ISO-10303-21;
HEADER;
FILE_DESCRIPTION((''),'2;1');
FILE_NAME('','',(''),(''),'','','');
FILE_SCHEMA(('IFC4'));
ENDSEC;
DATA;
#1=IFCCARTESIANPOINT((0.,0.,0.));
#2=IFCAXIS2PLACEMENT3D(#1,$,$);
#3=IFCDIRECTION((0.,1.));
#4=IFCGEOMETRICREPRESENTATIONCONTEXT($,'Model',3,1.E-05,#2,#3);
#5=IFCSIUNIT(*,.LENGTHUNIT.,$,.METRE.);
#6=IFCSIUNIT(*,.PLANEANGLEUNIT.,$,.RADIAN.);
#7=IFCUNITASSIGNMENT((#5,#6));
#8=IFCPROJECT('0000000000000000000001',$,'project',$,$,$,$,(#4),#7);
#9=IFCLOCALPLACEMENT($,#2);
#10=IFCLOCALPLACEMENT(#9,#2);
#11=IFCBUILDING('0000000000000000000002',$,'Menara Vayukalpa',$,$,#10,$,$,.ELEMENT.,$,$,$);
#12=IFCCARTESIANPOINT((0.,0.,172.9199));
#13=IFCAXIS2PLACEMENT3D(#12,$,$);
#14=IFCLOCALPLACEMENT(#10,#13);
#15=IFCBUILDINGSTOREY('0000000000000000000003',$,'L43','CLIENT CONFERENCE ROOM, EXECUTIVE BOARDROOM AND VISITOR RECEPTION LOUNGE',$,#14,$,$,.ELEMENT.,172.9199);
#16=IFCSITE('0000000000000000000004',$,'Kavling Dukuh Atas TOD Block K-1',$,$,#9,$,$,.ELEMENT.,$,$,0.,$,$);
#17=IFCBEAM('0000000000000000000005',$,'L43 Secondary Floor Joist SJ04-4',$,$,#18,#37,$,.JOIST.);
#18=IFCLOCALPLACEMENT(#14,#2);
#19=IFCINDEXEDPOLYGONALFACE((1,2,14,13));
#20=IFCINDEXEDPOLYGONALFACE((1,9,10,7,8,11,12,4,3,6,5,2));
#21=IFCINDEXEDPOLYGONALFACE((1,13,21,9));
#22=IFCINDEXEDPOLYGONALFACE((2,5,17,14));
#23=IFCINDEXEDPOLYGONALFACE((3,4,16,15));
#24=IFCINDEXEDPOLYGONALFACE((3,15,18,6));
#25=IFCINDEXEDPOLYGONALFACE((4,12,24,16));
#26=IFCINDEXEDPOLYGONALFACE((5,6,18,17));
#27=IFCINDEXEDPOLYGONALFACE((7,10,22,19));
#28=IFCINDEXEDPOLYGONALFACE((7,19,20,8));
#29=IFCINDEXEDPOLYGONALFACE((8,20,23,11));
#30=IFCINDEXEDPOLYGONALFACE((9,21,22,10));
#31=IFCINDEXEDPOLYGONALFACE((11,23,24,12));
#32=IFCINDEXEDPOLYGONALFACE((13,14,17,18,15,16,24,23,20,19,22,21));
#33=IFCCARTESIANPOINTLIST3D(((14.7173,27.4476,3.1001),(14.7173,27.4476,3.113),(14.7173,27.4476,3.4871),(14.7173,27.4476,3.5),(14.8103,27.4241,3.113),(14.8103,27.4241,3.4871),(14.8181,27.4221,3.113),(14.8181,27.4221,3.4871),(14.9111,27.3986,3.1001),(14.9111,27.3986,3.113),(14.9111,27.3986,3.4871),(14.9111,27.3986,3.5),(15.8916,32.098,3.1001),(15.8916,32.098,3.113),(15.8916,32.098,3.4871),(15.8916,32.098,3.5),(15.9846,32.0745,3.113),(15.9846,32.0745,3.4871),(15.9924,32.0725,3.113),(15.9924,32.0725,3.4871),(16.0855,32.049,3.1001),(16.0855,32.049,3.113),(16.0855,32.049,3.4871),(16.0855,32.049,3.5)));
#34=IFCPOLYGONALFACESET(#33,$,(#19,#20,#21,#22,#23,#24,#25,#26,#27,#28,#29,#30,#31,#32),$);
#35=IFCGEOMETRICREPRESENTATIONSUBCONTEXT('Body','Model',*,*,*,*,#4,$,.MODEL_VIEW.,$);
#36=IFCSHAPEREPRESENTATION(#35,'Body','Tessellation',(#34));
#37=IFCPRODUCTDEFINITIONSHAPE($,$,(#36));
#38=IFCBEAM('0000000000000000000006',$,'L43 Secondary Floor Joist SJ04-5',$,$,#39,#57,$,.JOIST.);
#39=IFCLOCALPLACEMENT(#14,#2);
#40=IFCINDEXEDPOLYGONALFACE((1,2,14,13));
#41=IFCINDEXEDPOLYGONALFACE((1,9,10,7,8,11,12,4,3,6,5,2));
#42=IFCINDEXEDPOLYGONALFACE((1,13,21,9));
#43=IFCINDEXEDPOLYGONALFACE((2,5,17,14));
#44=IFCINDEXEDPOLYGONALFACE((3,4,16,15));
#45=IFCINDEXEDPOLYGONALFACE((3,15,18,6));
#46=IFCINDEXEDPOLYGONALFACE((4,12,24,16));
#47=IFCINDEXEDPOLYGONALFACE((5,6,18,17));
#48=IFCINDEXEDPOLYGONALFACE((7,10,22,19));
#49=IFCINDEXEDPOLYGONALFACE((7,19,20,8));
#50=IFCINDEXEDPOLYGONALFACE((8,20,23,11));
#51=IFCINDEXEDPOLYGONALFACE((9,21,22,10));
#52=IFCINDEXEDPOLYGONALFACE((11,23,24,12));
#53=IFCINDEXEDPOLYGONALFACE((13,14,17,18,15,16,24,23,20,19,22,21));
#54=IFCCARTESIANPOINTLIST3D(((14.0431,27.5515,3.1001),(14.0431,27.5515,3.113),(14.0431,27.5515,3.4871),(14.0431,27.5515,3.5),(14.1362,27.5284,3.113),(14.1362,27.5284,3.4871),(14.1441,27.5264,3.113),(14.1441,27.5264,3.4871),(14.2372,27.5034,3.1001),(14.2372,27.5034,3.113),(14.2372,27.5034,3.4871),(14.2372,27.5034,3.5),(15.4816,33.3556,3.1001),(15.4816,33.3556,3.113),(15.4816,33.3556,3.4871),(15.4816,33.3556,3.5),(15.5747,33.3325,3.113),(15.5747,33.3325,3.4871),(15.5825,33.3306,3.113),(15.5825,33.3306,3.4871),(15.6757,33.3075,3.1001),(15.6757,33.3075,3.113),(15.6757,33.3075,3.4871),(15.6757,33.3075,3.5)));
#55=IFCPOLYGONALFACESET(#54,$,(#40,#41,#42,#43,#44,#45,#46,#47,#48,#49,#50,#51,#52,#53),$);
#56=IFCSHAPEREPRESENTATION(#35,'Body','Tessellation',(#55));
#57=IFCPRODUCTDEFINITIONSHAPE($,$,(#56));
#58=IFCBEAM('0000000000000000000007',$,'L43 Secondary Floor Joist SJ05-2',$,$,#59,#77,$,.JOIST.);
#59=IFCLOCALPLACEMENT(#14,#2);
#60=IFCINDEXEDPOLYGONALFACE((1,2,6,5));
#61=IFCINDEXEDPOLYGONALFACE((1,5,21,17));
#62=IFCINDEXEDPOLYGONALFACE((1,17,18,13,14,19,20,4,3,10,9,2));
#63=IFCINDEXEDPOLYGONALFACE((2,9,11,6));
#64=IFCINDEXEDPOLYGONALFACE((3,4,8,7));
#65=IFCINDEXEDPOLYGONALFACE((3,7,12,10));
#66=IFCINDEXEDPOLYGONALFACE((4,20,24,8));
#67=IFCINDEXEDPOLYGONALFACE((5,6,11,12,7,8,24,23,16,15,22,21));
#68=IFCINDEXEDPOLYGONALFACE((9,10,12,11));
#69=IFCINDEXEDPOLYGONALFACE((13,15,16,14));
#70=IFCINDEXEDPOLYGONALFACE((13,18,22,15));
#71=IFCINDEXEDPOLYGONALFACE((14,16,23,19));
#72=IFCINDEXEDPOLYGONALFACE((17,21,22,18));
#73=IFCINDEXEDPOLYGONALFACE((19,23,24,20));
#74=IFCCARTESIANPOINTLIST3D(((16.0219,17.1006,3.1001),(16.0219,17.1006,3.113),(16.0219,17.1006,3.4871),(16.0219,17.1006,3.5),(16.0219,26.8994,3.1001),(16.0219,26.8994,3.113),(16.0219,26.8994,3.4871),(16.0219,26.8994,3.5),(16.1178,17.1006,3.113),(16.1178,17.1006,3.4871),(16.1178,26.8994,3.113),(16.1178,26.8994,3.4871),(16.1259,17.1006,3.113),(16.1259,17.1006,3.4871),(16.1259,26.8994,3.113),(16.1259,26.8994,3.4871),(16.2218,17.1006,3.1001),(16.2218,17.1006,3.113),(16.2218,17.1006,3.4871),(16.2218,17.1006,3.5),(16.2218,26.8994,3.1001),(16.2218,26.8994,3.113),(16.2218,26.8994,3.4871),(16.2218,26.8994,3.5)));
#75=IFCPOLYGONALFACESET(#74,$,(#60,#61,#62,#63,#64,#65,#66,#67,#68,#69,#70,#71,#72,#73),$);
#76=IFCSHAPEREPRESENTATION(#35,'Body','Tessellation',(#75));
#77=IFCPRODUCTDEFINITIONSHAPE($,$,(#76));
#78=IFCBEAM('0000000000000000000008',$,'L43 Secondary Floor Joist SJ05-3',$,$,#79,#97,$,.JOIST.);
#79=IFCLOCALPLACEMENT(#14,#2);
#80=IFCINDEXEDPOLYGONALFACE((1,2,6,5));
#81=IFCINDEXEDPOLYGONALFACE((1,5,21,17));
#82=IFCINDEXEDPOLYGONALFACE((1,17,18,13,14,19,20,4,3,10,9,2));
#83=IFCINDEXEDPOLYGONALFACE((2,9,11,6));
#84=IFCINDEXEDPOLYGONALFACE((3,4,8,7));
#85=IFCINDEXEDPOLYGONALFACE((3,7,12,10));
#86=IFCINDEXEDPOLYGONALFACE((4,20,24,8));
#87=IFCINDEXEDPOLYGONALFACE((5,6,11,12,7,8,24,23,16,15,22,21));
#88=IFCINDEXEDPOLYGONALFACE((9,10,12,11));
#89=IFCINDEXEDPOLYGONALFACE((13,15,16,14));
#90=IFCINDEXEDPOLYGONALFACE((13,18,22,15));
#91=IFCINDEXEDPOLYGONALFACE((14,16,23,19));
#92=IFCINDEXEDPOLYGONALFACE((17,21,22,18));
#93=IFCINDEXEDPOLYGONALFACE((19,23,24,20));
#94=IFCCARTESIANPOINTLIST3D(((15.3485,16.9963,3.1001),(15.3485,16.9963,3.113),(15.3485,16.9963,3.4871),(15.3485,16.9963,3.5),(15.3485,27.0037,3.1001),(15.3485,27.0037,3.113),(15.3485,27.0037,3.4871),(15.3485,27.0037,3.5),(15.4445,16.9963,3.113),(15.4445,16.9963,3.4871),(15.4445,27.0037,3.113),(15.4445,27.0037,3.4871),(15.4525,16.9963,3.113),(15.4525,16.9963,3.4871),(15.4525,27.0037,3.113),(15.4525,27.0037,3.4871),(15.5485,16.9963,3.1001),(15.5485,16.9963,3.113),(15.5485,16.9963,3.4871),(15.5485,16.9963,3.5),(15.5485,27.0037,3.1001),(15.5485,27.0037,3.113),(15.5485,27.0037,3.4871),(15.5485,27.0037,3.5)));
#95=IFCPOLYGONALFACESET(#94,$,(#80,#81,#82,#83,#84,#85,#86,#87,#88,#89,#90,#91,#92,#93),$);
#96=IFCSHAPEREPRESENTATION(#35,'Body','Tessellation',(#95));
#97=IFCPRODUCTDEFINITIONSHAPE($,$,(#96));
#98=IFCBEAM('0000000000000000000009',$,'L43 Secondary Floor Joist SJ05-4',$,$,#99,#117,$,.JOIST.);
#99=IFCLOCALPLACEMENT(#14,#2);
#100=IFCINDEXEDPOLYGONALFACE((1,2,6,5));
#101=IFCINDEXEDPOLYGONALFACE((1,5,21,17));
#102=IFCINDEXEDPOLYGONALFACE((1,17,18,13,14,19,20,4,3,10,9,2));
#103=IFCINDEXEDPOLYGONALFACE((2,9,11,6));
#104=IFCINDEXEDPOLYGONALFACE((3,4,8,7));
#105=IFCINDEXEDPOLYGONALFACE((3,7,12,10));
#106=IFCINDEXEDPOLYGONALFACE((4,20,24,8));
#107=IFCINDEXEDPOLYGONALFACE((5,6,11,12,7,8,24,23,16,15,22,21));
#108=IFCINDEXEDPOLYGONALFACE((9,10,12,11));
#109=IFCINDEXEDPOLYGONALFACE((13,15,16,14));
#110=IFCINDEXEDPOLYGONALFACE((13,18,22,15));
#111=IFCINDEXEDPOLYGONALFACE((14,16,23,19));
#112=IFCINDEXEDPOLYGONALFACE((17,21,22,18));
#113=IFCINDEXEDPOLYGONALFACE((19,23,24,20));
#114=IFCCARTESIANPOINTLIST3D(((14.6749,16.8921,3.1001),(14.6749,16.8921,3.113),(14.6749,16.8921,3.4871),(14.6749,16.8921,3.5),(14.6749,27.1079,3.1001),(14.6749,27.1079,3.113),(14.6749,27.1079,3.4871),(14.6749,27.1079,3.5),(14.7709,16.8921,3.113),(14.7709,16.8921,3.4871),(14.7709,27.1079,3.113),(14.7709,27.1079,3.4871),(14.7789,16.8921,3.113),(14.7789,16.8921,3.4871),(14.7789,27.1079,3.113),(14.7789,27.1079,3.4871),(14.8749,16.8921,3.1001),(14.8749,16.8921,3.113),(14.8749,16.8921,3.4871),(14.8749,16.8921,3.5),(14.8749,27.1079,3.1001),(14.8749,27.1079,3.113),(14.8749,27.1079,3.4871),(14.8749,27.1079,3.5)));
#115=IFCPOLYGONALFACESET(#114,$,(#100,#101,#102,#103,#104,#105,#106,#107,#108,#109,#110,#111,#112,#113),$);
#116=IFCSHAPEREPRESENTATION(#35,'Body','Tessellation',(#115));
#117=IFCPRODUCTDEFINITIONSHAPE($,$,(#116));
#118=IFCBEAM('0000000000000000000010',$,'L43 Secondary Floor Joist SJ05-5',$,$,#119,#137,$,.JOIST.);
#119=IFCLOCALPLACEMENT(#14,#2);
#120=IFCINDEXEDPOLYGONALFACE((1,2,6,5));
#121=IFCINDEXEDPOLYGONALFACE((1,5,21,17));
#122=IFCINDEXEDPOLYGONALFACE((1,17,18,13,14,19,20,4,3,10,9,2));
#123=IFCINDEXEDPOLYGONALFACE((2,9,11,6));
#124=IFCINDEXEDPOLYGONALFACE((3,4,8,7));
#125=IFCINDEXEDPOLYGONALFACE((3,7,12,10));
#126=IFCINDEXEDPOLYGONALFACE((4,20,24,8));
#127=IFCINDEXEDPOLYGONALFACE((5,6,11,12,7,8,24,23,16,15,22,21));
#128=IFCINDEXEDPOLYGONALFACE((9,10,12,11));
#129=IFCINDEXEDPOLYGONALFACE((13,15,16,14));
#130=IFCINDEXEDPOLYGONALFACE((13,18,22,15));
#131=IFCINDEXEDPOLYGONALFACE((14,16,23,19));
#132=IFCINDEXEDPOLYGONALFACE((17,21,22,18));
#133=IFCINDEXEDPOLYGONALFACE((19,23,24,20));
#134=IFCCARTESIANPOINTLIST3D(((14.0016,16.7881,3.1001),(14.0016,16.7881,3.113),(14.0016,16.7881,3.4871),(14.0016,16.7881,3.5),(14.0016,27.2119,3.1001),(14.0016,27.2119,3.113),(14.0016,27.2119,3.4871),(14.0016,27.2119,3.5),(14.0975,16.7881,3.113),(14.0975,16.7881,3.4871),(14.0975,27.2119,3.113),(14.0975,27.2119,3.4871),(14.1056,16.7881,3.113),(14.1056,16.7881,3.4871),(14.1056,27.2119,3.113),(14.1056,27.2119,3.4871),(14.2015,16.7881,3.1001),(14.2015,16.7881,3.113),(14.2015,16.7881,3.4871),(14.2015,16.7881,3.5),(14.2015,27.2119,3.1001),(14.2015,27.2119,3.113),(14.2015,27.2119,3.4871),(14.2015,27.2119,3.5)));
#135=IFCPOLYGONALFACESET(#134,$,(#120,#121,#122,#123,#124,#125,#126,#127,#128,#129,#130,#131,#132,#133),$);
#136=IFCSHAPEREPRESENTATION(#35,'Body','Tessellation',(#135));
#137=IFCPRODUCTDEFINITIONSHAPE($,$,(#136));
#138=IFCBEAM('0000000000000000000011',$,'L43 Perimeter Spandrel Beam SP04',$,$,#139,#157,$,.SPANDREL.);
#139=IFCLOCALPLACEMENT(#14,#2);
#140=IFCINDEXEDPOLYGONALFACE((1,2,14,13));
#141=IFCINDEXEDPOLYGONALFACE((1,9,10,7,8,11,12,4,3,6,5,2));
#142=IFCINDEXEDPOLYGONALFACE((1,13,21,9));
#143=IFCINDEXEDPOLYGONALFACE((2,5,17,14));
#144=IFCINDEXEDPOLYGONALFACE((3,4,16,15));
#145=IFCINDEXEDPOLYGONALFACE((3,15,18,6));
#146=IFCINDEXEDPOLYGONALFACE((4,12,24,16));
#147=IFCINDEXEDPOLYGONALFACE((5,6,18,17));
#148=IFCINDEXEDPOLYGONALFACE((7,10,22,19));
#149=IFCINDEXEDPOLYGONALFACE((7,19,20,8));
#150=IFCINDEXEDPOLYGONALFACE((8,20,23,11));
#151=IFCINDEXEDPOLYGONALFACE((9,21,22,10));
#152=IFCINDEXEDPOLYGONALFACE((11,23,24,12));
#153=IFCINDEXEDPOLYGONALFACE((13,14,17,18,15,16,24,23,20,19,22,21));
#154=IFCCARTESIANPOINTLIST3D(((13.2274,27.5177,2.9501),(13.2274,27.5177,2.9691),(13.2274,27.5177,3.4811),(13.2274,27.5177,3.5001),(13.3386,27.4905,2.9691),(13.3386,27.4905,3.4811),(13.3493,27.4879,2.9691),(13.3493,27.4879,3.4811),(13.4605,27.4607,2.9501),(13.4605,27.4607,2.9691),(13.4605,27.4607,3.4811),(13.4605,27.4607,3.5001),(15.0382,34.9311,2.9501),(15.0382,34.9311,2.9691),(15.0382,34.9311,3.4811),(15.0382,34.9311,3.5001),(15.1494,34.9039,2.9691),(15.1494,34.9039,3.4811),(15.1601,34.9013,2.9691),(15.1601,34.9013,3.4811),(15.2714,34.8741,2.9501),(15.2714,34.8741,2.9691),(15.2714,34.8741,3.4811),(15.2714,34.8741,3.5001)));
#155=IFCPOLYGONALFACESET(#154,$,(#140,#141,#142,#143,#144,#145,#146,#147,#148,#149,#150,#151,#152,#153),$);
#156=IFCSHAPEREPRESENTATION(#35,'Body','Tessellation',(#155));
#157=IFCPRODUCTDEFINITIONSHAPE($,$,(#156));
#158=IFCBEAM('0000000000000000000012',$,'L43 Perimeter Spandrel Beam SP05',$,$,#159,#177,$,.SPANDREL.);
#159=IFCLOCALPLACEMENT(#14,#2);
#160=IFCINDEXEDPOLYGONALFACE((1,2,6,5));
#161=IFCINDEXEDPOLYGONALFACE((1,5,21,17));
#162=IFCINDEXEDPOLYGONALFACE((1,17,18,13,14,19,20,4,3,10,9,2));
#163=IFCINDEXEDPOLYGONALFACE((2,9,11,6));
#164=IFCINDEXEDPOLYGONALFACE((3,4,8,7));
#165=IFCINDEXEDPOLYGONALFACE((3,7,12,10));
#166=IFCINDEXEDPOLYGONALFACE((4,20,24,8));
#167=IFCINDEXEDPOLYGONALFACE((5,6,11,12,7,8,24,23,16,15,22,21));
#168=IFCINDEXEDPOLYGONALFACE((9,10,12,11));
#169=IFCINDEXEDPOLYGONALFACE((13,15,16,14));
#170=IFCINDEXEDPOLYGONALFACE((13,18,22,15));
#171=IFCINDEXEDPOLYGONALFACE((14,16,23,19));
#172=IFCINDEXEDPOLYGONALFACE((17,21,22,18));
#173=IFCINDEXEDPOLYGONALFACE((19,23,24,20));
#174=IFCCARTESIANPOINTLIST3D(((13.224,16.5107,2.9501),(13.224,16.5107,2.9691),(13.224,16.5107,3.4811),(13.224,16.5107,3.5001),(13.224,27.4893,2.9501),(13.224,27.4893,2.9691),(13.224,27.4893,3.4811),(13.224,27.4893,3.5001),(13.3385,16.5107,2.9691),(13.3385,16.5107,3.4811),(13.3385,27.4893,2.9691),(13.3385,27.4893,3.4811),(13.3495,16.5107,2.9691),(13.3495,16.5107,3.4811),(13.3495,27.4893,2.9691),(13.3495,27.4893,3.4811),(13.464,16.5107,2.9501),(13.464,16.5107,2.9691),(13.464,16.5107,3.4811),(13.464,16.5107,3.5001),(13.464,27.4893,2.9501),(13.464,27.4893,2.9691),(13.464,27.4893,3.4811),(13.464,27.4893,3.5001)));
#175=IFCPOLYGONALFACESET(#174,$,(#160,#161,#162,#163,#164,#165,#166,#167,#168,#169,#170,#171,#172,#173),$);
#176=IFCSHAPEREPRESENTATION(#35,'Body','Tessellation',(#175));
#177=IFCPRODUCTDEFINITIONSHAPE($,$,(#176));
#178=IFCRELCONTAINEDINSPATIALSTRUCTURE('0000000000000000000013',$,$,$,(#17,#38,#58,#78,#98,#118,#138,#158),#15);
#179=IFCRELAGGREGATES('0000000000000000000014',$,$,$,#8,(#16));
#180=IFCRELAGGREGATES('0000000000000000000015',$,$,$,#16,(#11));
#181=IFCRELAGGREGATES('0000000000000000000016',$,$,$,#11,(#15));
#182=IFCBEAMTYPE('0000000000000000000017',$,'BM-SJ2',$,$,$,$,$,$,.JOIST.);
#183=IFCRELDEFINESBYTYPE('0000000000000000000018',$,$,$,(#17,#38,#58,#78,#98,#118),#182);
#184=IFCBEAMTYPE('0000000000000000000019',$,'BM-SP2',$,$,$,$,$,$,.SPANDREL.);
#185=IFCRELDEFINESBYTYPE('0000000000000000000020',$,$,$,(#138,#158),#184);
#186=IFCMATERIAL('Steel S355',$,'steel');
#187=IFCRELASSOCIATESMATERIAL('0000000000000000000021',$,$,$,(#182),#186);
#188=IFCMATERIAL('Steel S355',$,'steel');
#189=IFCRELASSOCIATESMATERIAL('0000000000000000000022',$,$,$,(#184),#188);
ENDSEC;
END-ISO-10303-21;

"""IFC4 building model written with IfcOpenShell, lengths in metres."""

from ifc_helpers import new_model, si_unit, direction, frame, origin, origin_2d, place, context, subcontext, project, spatial, i_section, extrude, material, material_profile, profile_set, type_object, element, save


model = new_model("IFC4")

# Units and contexts
model_context = context("Model", 3, precision=1e-05, world=origin(), true_north=direction((0.0, 1.0)))
body_context = subcontext(model_context, "Body", "Model", "MODEL_VIEW")
ifc_project = project(units=[si_unit("LENGTHUNIT", "METRE"), si_unit("PLANEANGLEUNIT", "RADIAN")], contexts=[model_context])

# Site, building, storey
site_placement = place(None, origin())
site = spatial("IfcSite", under=ifc_project, at=site_placement, Name="Kavling Dukuh Atas TOD Block K-1", CompositionType="ELEMENT", RefElevation=0.0)
building_placement = place(site_placement, origin())
building = spatial("IfcBuilding", under=site, at=building_placement, Name="Menara Vayukalpa", CompositionType="ELEMENT")
storey_placement = place(building_placement, frame((0.0, 0.0, 172.9199)))
storey = spatial("IfcBuildingStorey", under=building, at=storey_placement, Name="L43", Description="CLIENT CONFERENCE ROOM, EXECUTIVE BOARDROOM AND VISITOR RECEPTION LOUNGE", CompositionType="ELEMENT", Elevation=172.9199)

# Beams
ifc_material_1 = material(Name="Steel S355", Category="steel")
ifc_material_profile_1 = material_profile(ifc_material_1, i_section(OverallWidth=0.2, OverallDepth=0.3999, WebThickness=0.0081, FlangeThickness=0.0129, at=origin_2d()), Name="WF 400x200x8x13")
ifc_profile_set_1 = profile_set([ifc_material_profile_1], Name="Steel S355")
beam_type_1 = type_object("IfcBeamType", Name="BM-SJ2", PredefinedType="JOIST", material=ifc_profile_set_1)
beam_1_placement = place(storey_placement, frame((15.9885, 32.0735, 3.3), z_axis=(-0.244834, -0.969565, 0.0), x_axis=(0.969565, -0.244834, 0.0)))
element("IfcBeam", 1, at=beam_1_placement, inside=storey, type_object=beam_type_1, Name="L43 Secondary Floor Joist SJ04-4", PredefinedType="JOIST", context=body_context, shape_type="SweptSolid", body=[
    extrude(i_section(OverallWidth=0.2, OverallDepth=0.3999, WebThickness=0.0081, FlangeThickness=0.0129, at=origin_2d()), origin(), (0.0, 0.0, 1.0), 4.7964),
])
beam_2_placement = place(storey_placement, frame((15.5786, 33.3315, 3.3), z_axis=(-0.240556, -0.970635, 0.0), x_axis=(0.970635, -0.240556, 0.0)))
element("IfcBeam", 2, at=beam_2_placement, inside=storey, type_object=beam_type_1, Name="L43 Secondary Floor Joist SJ04-5", PredefinedType="JOIST", context=body_context, shape_type="SweptSolid", body=[
    extrude(i_section(OverallWidth=0.2, OverallDepth=0.3999, WebThickness=0.0081, FlangeThickness=0.0129, at=origin_2d()), origin(), (0.0, 0.0, 1.0), 5.9797),
])
beam_3_placement = place(storey_placement, frame((16.1218, 26.8994, 3.3), z_axis=(0.0, -1.0, 0.0), x_axis=(1.0, 0.0, 0.0)))
element("IfcBeam", 3, at=beam_3_placement, inside=storey, type_object=beam_type_1, Name="L43 Secondary Floor Joist SJ05-2", PredefinedType="JOIST", context=body_context, shape_type="SweptSolid", body=[
    extrude(i_section(OverallWidth=0.2, OverallDepth=0.3999, WebThickness=0.0081, FlangeThickness=0.0129, at=origin_2d()), origin(), (0.0, 0.0, 1.0), 9.7988),
])
beam_4_placement = place(storey_placement, frame((15.4485, 27.0037, 3.3), z_axis=(0.0, -1.0, 0.0), x_axis=(1.0, 0.0, 0.0)))
element("IfcBeam", 4, at=beam_4_placement, inside=storey, type_object=beam_type_1, Name="L43 Secondary Floor Joist SJ05-3", PredefinedType="JOIST", context=body_context, shape_type="SweptSolid", body=[
    extrude(i_section(OverallWidth=0.2, OverallDepth=0.3999, WebThickness=0.0081, FlangeThickness=0.0129, at=origin_2d()), origin(), (0.0, 0.0, 1.0), 10.0073),
])
beam_5_placement = place(storey_placement, frame((14.7749, 27.1079, 3.3), z_axis=(0.0, -1.0, 0.0), x_axis=(1.0, 0.0, 0.0)))
element("IfcBeam", 5, at=beam_5_placement, inside=storey, type_object=beam_type_1, Name="L43 Secondary Floor Joist SJ05-4", PredefinedType="JOIST", context=body_context, shape_type="SweptSolid", body=[
    extrude(i_section(OverallWidth=0.2, OverallDepth=0.3999, WebThickness=0.0081, FlangeThickness=0.0129, at=origin_2d()), origin(), (0.0, 0.0, 1.0), 10.2158),
])
beam_6_placement = place(storey_placement, frame((14.1016, 27.2119, 3.3), z_axis=(0.0, -1.0, 0.0), x_axis=(1.0, 0.0, 0.0)))
element("IfcBeam", 6, at=beam_6_placement, inside=storey, type_object=beam_type_1, Name="L43 Secondary Floor Joist SJ05-5", PredefinedType="JOIST", context=body_context, shape_type="SweptSolid", body=[
    extrude(i_section(OverallWidth=0.2, OverallDepth=0.3999, WebThickness=0.0081, FlangeThickness=0.0129, at=origin_2d()), origin(), (0.0, 0.0, 1.0), 10.4238),
])
ifc_material_2 = material(Name="Steel S355", Category="steel")
ifc_material_profile_2 = material_profile(ifc_material_2, i_section(OverallWidth=0.24, OverallDepth=0.55, WebThickness=0.011, FlangeThickness=0.019, at=origin_2d()), Name="WF 550x240x11x19")
ifc_profile_set_2 = profile_set([ifc_material_profile_2], Name="Steel S355")
beam_type_2 = type_object("IfcBeamType", Name="BM-SP2", PredefinedType="SPANDREL", material=ifc_profile_set_2)
beam_7_placement = place(storey_placement, frame((15.1548, 34.9026, 3.2251), z_axis=(-0.237285, -0.97144, 0.0), x_axis=(0.97144, -0.237285, 0.0)))
element("IfcBeam", 7, at=beam_7_placement, inside=storey, type_object=beam_type_2, Name="L43 Perimeter Spandrel Beam SP04", PredefinedType="SPANDREL", context=body_context, shape_type="SweptSolid", body=[
    extrude(i_section(OverallWidth=0.24, OverallDepth=0.55, WebThickness=0.011, FlangeThickness=0.019, at=origin_2d()), origin(), (0.0, 0.0, 1.0), 7.6313),
])
beam_8_placement = place(storey_placement, frame((13.344, 27.4893, 3.2251), z_axis=(0.0, -1.0, 0.0), x_axis=(1.0, 0.0, 0.0)))
element("IfcBeam", 8, at=beam_8_placement, inside=storey, type_object=beam_type_2, Name="L43 Perimeter Spandrel Beam SP05", PredefinedType="SPANDREL", context=body_context, shape_type="SweptSolid", body=[
    extrude(i_section(OverallWidth=0.24, OverallDepth=0.55, WebThickness=0.011, FlangeThickness=0.019, at=origin_2d()), origin(), (0.0, 0.0, 1.0), 10.9785),
])

save(model, "model.ifc")
